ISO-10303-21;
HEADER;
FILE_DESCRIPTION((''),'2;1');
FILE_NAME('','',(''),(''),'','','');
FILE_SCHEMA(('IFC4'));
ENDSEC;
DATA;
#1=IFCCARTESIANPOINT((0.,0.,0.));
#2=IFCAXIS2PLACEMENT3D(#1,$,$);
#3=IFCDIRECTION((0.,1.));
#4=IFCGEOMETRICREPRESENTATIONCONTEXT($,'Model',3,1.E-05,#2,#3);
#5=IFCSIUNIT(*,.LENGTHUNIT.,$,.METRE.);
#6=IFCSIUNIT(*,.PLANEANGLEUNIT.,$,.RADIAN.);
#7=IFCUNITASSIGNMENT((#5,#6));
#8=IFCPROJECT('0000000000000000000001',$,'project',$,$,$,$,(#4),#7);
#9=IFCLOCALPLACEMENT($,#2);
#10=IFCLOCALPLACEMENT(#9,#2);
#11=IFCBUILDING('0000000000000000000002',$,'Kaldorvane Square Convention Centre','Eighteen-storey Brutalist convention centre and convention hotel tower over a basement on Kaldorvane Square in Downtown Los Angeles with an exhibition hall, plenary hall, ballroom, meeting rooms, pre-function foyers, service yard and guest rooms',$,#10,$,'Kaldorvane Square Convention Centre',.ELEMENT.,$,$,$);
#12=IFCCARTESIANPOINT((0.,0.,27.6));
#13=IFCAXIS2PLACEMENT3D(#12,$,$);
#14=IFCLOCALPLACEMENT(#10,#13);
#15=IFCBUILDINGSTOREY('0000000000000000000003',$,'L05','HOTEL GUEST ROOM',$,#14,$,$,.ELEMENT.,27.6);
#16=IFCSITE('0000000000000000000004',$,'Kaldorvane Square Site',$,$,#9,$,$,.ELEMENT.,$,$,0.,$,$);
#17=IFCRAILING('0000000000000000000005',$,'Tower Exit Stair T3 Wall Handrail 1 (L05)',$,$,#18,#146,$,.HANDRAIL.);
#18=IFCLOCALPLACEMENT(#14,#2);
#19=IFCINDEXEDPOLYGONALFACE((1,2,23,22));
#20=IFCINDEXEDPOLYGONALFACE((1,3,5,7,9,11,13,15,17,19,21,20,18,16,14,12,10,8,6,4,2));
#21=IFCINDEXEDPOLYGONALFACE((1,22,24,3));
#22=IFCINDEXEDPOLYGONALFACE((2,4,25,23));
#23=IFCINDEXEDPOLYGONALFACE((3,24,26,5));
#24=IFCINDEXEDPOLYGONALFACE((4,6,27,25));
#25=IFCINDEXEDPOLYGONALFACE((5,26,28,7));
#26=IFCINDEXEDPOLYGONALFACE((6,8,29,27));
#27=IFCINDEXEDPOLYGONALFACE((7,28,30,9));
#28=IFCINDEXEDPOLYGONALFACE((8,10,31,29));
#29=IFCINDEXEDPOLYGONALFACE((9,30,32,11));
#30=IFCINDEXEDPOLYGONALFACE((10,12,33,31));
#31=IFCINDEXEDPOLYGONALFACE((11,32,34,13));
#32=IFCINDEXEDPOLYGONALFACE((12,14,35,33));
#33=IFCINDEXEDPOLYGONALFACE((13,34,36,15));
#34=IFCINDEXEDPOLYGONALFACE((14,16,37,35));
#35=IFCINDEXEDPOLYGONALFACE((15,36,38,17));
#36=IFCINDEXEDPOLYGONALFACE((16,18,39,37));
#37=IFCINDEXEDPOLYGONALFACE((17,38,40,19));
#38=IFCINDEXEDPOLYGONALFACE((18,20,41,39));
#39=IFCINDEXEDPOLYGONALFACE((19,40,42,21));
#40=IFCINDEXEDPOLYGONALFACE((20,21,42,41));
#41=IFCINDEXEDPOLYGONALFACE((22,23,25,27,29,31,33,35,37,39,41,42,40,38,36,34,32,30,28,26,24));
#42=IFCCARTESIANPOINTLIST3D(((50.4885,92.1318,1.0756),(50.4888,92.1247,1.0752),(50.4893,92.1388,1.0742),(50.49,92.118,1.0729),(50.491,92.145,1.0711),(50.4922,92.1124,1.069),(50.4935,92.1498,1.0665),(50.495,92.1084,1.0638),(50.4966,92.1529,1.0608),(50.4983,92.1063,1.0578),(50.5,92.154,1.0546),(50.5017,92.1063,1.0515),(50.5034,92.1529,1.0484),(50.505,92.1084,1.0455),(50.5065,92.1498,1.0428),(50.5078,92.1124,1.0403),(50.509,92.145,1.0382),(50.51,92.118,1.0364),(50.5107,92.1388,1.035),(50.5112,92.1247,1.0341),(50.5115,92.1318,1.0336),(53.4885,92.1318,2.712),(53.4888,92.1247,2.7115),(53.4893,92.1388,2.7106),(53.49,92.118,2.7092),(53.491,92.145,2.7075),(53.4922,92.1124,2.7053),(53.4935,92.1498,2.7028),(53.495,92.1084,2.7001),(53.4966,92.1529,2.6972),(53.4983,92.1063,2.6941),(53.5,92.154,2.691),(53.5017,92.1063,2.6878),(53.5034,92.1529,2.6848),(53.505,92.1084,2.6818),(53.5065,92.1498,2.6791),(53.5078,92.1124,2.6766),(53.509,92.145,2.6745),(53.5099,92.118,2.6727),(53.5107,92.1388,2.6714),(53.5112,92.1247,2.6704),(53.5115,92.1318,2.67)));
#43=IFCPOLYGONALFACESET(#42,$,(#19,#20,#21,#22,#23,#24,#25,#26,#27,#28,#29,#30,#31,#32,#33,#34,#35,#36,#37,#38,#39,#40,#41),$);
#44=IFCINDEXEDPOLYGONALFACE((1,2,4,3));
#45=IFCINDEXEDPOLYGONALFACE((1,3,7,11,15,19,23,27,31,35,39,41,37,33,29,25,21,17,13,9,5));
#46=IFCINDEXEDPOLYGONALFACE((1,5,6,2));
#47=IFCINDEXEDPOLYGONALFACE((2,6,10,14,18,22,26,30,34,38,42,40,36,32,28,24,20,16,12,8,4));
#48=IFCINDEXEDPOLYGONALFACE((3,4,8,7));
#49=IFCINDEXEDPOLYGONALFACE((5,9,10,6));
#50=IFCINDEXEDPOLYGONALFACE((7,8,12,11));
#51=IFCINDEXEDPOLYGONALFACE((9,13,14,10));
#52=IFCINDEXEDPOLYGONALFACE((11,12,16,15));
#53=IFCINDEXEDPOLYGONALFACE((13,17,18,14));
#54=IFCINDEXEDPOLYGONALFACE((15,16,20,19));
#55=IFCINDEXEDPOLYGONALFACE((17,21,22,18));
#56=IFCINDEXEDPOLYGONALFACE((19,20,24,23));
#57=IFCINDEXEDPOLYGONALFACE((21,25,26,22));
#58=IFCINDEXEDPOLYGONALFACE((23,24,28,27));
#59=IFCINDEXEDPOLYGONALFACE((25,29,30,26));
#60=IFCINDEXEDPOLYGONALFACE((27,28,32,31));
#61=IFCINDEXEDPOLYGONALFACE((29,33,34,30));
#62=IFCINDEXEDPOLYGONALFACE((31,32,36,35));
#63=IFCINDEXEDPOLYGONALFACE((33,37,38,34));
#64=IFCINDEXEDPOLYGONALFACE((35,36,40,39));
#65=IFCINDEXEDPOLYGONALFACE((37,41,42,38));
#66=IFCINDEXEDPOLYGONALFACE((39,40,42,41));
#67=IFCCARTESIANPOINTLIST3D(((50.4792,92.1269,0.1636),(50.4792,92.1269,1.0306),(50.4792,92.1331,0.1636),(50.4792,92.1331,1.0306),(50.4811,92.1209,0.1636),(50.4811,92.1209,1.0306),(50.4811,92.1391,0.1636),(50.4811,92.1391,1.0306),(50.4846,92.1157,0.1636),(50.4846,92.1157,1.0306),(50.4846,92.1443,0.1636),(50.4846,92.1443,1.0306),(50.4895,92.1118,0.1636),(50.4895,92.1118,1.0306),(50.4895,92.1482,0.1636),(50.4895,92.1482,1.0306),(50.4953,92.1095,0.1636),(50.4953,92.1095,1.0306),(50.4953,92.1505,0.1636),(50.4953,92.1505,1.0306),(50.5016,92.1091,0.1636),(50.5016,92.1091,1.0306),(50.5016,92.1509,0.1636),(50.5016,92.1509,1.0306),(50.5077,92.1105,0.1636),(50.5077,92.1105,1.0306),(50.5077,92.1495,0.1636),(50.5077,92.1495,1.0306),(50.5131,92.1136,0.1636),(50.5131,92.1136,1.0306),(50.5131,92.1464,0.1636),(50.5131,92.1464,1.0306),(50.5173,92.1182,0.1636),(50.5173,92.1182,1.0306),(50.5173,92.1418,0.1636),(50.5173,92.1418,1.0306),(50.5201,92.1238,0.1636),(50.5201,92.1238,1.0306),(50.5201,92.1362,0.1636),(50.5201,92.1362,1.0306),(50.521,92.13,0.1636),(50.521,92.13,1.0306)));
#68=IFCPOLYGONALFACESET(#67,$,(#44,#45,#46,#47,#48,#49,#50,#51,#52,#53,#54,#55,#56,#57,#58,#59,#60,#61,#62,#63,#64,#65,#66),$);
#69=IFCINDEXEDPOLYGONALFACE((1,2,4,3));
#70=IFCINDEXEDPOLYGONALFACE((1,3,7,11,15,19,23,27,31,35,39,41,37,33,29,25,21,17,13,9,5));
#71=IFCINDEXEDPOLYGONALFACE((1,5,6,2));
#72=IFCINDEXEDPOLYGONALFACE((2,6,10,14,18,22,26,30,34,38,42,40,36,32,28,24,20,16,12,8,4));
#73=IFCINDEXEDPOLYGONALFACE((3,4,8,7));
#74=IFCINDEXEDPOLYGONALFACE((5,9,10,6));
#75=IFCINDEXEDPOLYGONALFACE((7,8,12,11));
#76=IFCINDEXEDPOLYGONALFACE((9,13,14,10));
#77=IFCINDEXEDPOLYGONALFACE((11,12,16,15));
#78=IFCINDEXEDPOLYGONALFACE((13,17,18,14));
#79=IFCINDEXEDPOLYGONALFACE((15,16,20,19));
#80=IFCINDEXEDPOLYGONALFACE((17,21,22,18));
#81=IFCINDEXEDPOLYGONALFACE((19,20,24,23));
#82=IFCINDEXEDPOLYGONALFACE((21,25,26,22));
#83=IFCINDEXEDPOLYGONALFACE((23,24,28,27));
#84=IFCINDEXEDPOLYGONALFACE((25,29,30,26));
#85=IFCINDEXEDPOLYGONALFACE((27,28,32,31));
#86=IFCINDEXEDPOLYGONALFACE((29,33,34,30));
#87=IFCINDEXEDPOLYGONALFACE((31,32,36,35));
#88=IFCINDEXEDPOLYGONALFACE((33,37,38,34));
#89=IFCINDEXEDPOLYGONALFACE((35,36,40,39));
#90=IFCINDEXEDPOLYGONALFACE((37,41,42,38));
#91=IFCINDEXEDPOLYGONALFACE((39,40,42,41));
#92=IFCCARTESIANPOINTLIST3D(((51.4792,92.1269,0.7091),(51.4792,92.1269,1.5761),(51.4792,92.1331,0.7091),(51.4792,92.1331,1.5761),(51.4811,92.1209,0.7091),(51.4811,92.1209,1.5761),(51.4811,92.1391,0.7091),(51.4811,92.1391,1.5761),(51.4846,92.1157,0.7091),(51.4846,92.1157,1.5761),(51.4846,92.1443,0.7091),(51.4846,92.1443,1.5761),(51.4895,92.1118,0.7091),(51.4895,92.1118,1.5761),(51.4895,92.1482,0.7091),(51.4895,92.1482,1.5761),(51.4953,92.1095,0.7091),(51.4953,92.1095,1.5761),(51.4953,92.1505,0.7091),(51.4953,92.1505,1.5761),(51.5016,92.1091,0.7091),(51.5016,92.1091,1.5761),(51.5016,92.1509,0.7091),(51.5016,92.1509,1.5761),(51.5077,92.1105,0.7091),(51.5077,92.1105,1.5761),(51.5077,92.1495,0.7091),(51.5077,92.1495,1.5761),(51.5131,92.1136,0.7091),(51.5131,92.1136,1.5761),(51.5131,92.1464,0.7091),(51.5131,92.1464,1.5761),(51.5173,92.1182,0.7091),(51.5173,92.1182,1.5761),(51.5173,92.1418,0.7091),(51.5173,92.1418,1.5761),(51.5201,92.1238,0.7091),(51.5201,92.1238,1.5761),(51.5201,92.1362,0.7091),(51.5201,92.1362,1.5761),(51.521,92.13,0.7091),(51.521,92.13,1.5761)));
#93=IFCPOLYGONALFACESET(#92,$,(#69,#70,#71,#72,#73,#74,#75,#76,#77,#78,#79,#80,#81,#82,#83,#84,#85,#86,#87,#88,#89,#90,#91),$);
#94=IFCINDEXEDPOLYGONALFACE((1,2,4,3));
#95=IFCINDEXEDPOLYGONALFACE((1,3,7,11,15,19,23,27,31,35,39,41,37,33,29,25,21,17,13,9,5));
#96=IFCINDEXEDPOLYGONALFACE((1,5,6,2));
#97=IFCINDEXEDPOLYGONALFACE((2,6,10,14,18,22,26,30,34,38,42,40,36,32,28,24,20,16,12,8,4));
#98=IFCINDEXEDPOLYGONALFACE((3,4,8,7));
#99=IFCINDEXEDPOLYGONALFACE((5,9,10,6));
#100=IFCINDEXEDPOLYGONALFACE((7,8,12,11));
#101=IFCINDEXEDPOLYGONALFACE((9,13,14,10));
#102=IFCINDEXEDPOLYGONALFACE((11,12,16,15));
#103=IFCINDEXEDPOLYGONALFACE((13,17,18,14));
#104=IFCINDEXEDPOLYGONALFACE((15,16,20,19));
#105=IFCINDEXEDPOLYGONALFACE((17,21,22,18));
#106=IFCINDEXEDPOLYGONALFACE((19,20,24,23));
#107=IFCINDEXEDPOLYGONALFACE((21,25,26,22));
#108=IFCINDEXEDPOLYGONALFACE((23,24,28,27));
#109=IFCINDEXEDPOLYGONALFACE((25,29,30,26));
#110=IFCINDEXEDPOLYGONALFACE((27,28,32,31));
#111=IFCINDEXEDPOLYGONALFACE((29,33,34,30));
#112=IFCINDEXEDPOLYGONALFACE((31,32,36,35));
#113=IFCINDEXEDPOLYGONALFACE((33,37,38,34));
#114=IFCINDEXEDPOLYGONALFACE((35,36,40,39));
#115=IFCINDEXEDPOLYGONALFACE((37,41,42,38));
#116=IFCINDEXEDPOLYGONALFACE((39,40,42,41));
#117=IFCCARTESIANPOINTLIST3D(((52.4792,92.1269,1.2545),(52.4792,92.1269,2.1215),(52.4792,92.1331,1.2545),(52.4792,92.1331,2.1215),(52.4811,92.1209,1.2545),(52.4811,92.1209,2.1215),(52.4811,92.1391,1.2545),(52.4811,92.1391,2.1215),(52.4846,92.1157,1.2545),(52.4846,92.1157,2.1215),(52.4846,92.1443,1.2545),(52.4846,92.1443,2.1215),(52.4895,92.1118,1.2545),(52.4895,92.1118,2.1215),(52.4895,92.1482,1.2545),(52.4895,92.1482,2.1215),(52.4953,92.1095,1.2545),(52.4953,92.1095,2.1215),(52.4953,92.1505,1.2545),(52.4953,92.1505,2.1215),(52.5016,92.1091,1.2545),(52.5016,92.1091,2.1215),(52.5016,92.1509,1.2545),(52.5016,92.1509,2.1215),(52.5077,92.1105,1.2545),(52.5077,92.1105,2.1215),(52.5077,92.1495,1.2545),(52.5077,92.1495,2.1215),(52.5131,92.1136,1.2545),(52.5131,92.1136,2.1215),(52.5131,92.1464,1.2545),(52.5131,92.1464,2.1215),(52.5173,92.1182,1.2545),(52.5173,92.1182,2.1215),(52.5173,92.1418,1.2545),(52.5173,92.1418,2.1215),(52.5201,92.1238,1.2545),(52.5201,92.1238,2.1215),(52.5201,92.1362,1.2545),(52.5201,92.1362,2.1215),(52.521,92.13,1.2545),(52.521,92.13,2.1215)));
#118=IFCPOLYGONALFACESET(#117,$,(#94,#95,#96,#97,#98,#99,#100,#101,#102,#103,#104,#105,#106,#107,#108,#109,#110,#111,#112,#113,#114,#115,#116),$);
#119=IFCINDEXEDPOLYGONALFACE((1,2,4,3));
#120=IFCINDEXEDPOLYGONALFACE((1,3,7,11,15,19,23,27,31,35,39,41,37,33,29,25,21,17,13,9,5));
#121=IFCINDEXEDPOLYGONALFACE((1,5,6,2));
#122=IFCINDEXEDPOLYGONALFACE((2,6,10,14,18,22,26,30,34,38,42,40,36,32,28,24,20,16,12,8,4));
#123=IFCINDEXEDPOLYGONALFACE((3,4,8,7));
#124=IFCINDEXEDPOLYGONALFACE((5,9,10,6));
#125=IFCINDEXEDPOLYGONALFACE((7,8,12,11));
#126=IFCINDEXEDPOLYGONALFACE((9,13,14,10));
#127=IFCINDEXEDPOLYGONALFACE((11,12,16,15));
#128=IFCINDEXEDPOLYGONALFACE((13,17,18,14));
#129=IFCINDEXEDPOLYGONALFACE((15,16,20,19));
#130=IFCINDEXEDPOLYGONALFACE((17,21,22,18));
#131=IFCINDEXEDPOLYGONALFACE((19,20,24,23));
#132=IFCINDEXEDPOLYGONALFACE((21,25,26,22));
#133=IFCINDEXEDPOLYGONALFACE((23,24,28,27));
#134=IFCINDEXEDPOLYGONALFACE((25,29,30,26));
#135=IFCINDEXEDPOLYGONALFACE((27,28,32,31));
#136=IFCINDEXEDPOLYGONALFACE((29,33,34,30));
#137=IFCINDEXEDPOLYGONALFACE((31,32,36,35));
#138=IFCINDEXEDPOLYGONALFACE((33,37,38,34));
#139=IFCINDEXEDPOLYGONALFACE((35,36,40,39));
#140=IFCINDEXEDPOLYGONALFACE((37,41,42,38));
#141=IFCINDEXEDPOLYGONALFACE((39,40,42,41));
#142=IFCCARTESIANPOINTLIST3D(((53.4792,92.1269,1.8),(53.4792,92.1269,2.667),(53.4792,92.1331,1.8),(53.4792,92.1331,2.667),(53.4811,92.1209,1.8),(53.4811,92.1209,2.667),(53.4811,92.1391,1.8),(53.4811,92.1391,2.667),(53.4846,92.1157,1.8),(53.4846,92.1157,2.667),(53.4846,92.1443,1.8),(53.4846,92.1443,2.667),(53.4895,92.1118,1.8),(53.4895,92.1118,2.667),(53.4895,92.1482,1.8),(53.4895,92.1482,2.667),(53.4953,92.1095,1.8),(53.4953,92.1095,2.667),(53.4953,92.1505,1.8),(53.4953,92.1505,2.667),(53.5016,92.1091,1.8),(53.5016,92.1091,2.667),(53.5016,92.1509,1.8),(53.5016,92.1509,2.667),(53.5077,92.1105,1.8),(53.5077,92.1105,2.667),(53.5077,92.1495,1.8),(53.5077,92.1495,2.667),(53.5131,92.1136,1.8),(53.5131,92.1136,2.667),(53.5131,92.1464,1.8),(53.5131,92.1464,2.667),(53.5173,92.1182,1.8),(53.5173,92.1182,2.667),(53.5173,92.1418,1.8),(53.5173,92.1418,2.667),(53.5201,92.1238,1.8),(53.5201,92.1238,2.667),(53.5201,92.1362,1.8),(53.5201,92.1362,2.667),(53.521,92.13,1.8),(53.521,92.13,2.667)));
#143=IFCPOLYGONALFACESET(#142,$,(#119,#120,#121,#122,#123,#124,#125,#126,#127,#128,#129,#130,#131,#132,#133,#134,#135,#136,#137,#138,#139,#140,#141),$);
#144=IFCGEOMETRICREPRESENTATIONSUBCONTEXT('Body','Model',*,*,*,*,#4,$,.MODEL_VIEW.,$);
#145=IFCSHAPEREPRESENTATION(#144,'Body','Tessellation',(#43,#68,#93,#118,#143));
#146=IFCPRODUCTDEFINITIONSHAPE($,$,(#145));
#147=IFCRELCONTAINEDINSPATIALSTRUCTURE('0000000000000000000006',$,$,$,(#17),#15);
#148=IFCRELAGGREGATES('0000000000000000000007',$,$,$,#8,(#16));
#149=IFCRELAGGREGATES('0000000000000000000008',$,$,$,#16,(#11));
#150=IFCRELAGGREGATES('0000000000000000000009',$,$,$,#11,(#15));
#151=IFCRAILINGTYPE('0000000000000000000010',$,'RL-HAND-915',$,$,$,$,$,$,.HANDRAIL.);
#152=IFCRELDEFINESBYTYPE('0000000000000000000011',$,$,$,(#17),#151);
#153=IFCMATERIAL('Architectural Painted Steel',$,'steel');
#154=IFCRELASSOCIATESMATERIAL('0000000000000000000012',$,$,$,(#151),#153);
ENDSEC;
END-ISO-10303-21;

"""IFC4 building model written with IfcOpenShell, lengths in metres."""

from ifc_helpers import new_model, si_unit, direction, frame, origin, origin_2d, place, context, subcontext, project, spatial, circle, extrude, material, type_object, element, save


model = new_model("IFC4")

# Units and contexts
model_context = context("Model", 3, precision=1e-05, world=origin(), true_north=direction((0.0, 1.0)))
body_context = subcontext(model_context, "Body", "Model", "MODEL_VIEW")
ifc_project = project(units=[si_unit("LENGTHUNIT", "METRE"), si_unit("PLANEANGLEUNIT", "RADIAN")], contexts=[model_context])

# Site, building, storey
site_placement = place(None, origin())
site = spatial("IfcSite", under=ifc_project, at=site_placement, Name="Kaldorvane Square Site", CompositionType="ELEMENT", RefElevation=0.0)
building_placement = place(site_placement, origin())
building = spatial("IfcBuilding", under=site, at=building_placement, Name="Kaldorvane Square Convention Centre", Description="Eighteen-storey Brutalist convention centre and convention hotel tower over a basement on Kaldorvane Square in Downtown Los Angeles with an exhibition hall, plenary hall, ballroom, meeting rooms, pre-function foyers, service yard and guest rooms", LongName="Kaldorvane Square Convention Centre", CompositionType="ELEMENT")
storey_placement = place(building_placement, frame((0.0, 0.0, 27.6)))
storey = spatial("IfcBuildingStorey", under=building, at=storey_placement, Name="L05", Description="HOTEL GUEST ROOM", CompositionType="ELEMENT", Elevation=27.6)

# Railing
ifc_material_1 = material(Name="Architectural Painted Steel", Category="steel")
railing_type_1 = type_object("IfcRailingType", Name="RL-HAND-915", PredefinedType="HANDRAIL", material=ifc_material_1)
for number, where, name in (
    (1, (50.5, 92.13, 0.1636), "Tower Exit Stair T3 Wall Handrail 1 (L05)"),
):
    element("IfcRailing", number, at=place(storey_placement, frame(where)), inside=storey, type_object=railing_type_1, Name=name, PredefinedType="HANDRAIL", context=body_context, shape_type="SweptSolid", body=[
        extrude(circle(Radius=0.024, at=origin_2d()), frame((0.0, 0.0, 0.891), z_axis=(0.877897, 0.0, 0.47885), x_axis=(0.0, 1.0, 0.0)), (0.0, 0.0, 1.0), 3.4173),
        extrude(circle(Radius=0.021, at=origin_2d()), origin(), (0.0, 0.0, 1.0), 0.867),
        extrude(circle(Radius=0.021, at=origin_2d()), frame((1.0, 0.0, 0.5455)), (0.0, 0.0, 1.0), 0.867),
        extrude(circle(Radius=0.021, at=origin_2d()), frame((2.0, 0.0, 1.0909)), (0.0, 0.0, 1.0), 0.867),
        extrude(circle(Radius=0.021, at=origin_2d()), frame((3.0, 0.0, 1.6364)), (0.0, 0.0, 1.0), 0.867),
    ])

save(model, "model.ifc")
